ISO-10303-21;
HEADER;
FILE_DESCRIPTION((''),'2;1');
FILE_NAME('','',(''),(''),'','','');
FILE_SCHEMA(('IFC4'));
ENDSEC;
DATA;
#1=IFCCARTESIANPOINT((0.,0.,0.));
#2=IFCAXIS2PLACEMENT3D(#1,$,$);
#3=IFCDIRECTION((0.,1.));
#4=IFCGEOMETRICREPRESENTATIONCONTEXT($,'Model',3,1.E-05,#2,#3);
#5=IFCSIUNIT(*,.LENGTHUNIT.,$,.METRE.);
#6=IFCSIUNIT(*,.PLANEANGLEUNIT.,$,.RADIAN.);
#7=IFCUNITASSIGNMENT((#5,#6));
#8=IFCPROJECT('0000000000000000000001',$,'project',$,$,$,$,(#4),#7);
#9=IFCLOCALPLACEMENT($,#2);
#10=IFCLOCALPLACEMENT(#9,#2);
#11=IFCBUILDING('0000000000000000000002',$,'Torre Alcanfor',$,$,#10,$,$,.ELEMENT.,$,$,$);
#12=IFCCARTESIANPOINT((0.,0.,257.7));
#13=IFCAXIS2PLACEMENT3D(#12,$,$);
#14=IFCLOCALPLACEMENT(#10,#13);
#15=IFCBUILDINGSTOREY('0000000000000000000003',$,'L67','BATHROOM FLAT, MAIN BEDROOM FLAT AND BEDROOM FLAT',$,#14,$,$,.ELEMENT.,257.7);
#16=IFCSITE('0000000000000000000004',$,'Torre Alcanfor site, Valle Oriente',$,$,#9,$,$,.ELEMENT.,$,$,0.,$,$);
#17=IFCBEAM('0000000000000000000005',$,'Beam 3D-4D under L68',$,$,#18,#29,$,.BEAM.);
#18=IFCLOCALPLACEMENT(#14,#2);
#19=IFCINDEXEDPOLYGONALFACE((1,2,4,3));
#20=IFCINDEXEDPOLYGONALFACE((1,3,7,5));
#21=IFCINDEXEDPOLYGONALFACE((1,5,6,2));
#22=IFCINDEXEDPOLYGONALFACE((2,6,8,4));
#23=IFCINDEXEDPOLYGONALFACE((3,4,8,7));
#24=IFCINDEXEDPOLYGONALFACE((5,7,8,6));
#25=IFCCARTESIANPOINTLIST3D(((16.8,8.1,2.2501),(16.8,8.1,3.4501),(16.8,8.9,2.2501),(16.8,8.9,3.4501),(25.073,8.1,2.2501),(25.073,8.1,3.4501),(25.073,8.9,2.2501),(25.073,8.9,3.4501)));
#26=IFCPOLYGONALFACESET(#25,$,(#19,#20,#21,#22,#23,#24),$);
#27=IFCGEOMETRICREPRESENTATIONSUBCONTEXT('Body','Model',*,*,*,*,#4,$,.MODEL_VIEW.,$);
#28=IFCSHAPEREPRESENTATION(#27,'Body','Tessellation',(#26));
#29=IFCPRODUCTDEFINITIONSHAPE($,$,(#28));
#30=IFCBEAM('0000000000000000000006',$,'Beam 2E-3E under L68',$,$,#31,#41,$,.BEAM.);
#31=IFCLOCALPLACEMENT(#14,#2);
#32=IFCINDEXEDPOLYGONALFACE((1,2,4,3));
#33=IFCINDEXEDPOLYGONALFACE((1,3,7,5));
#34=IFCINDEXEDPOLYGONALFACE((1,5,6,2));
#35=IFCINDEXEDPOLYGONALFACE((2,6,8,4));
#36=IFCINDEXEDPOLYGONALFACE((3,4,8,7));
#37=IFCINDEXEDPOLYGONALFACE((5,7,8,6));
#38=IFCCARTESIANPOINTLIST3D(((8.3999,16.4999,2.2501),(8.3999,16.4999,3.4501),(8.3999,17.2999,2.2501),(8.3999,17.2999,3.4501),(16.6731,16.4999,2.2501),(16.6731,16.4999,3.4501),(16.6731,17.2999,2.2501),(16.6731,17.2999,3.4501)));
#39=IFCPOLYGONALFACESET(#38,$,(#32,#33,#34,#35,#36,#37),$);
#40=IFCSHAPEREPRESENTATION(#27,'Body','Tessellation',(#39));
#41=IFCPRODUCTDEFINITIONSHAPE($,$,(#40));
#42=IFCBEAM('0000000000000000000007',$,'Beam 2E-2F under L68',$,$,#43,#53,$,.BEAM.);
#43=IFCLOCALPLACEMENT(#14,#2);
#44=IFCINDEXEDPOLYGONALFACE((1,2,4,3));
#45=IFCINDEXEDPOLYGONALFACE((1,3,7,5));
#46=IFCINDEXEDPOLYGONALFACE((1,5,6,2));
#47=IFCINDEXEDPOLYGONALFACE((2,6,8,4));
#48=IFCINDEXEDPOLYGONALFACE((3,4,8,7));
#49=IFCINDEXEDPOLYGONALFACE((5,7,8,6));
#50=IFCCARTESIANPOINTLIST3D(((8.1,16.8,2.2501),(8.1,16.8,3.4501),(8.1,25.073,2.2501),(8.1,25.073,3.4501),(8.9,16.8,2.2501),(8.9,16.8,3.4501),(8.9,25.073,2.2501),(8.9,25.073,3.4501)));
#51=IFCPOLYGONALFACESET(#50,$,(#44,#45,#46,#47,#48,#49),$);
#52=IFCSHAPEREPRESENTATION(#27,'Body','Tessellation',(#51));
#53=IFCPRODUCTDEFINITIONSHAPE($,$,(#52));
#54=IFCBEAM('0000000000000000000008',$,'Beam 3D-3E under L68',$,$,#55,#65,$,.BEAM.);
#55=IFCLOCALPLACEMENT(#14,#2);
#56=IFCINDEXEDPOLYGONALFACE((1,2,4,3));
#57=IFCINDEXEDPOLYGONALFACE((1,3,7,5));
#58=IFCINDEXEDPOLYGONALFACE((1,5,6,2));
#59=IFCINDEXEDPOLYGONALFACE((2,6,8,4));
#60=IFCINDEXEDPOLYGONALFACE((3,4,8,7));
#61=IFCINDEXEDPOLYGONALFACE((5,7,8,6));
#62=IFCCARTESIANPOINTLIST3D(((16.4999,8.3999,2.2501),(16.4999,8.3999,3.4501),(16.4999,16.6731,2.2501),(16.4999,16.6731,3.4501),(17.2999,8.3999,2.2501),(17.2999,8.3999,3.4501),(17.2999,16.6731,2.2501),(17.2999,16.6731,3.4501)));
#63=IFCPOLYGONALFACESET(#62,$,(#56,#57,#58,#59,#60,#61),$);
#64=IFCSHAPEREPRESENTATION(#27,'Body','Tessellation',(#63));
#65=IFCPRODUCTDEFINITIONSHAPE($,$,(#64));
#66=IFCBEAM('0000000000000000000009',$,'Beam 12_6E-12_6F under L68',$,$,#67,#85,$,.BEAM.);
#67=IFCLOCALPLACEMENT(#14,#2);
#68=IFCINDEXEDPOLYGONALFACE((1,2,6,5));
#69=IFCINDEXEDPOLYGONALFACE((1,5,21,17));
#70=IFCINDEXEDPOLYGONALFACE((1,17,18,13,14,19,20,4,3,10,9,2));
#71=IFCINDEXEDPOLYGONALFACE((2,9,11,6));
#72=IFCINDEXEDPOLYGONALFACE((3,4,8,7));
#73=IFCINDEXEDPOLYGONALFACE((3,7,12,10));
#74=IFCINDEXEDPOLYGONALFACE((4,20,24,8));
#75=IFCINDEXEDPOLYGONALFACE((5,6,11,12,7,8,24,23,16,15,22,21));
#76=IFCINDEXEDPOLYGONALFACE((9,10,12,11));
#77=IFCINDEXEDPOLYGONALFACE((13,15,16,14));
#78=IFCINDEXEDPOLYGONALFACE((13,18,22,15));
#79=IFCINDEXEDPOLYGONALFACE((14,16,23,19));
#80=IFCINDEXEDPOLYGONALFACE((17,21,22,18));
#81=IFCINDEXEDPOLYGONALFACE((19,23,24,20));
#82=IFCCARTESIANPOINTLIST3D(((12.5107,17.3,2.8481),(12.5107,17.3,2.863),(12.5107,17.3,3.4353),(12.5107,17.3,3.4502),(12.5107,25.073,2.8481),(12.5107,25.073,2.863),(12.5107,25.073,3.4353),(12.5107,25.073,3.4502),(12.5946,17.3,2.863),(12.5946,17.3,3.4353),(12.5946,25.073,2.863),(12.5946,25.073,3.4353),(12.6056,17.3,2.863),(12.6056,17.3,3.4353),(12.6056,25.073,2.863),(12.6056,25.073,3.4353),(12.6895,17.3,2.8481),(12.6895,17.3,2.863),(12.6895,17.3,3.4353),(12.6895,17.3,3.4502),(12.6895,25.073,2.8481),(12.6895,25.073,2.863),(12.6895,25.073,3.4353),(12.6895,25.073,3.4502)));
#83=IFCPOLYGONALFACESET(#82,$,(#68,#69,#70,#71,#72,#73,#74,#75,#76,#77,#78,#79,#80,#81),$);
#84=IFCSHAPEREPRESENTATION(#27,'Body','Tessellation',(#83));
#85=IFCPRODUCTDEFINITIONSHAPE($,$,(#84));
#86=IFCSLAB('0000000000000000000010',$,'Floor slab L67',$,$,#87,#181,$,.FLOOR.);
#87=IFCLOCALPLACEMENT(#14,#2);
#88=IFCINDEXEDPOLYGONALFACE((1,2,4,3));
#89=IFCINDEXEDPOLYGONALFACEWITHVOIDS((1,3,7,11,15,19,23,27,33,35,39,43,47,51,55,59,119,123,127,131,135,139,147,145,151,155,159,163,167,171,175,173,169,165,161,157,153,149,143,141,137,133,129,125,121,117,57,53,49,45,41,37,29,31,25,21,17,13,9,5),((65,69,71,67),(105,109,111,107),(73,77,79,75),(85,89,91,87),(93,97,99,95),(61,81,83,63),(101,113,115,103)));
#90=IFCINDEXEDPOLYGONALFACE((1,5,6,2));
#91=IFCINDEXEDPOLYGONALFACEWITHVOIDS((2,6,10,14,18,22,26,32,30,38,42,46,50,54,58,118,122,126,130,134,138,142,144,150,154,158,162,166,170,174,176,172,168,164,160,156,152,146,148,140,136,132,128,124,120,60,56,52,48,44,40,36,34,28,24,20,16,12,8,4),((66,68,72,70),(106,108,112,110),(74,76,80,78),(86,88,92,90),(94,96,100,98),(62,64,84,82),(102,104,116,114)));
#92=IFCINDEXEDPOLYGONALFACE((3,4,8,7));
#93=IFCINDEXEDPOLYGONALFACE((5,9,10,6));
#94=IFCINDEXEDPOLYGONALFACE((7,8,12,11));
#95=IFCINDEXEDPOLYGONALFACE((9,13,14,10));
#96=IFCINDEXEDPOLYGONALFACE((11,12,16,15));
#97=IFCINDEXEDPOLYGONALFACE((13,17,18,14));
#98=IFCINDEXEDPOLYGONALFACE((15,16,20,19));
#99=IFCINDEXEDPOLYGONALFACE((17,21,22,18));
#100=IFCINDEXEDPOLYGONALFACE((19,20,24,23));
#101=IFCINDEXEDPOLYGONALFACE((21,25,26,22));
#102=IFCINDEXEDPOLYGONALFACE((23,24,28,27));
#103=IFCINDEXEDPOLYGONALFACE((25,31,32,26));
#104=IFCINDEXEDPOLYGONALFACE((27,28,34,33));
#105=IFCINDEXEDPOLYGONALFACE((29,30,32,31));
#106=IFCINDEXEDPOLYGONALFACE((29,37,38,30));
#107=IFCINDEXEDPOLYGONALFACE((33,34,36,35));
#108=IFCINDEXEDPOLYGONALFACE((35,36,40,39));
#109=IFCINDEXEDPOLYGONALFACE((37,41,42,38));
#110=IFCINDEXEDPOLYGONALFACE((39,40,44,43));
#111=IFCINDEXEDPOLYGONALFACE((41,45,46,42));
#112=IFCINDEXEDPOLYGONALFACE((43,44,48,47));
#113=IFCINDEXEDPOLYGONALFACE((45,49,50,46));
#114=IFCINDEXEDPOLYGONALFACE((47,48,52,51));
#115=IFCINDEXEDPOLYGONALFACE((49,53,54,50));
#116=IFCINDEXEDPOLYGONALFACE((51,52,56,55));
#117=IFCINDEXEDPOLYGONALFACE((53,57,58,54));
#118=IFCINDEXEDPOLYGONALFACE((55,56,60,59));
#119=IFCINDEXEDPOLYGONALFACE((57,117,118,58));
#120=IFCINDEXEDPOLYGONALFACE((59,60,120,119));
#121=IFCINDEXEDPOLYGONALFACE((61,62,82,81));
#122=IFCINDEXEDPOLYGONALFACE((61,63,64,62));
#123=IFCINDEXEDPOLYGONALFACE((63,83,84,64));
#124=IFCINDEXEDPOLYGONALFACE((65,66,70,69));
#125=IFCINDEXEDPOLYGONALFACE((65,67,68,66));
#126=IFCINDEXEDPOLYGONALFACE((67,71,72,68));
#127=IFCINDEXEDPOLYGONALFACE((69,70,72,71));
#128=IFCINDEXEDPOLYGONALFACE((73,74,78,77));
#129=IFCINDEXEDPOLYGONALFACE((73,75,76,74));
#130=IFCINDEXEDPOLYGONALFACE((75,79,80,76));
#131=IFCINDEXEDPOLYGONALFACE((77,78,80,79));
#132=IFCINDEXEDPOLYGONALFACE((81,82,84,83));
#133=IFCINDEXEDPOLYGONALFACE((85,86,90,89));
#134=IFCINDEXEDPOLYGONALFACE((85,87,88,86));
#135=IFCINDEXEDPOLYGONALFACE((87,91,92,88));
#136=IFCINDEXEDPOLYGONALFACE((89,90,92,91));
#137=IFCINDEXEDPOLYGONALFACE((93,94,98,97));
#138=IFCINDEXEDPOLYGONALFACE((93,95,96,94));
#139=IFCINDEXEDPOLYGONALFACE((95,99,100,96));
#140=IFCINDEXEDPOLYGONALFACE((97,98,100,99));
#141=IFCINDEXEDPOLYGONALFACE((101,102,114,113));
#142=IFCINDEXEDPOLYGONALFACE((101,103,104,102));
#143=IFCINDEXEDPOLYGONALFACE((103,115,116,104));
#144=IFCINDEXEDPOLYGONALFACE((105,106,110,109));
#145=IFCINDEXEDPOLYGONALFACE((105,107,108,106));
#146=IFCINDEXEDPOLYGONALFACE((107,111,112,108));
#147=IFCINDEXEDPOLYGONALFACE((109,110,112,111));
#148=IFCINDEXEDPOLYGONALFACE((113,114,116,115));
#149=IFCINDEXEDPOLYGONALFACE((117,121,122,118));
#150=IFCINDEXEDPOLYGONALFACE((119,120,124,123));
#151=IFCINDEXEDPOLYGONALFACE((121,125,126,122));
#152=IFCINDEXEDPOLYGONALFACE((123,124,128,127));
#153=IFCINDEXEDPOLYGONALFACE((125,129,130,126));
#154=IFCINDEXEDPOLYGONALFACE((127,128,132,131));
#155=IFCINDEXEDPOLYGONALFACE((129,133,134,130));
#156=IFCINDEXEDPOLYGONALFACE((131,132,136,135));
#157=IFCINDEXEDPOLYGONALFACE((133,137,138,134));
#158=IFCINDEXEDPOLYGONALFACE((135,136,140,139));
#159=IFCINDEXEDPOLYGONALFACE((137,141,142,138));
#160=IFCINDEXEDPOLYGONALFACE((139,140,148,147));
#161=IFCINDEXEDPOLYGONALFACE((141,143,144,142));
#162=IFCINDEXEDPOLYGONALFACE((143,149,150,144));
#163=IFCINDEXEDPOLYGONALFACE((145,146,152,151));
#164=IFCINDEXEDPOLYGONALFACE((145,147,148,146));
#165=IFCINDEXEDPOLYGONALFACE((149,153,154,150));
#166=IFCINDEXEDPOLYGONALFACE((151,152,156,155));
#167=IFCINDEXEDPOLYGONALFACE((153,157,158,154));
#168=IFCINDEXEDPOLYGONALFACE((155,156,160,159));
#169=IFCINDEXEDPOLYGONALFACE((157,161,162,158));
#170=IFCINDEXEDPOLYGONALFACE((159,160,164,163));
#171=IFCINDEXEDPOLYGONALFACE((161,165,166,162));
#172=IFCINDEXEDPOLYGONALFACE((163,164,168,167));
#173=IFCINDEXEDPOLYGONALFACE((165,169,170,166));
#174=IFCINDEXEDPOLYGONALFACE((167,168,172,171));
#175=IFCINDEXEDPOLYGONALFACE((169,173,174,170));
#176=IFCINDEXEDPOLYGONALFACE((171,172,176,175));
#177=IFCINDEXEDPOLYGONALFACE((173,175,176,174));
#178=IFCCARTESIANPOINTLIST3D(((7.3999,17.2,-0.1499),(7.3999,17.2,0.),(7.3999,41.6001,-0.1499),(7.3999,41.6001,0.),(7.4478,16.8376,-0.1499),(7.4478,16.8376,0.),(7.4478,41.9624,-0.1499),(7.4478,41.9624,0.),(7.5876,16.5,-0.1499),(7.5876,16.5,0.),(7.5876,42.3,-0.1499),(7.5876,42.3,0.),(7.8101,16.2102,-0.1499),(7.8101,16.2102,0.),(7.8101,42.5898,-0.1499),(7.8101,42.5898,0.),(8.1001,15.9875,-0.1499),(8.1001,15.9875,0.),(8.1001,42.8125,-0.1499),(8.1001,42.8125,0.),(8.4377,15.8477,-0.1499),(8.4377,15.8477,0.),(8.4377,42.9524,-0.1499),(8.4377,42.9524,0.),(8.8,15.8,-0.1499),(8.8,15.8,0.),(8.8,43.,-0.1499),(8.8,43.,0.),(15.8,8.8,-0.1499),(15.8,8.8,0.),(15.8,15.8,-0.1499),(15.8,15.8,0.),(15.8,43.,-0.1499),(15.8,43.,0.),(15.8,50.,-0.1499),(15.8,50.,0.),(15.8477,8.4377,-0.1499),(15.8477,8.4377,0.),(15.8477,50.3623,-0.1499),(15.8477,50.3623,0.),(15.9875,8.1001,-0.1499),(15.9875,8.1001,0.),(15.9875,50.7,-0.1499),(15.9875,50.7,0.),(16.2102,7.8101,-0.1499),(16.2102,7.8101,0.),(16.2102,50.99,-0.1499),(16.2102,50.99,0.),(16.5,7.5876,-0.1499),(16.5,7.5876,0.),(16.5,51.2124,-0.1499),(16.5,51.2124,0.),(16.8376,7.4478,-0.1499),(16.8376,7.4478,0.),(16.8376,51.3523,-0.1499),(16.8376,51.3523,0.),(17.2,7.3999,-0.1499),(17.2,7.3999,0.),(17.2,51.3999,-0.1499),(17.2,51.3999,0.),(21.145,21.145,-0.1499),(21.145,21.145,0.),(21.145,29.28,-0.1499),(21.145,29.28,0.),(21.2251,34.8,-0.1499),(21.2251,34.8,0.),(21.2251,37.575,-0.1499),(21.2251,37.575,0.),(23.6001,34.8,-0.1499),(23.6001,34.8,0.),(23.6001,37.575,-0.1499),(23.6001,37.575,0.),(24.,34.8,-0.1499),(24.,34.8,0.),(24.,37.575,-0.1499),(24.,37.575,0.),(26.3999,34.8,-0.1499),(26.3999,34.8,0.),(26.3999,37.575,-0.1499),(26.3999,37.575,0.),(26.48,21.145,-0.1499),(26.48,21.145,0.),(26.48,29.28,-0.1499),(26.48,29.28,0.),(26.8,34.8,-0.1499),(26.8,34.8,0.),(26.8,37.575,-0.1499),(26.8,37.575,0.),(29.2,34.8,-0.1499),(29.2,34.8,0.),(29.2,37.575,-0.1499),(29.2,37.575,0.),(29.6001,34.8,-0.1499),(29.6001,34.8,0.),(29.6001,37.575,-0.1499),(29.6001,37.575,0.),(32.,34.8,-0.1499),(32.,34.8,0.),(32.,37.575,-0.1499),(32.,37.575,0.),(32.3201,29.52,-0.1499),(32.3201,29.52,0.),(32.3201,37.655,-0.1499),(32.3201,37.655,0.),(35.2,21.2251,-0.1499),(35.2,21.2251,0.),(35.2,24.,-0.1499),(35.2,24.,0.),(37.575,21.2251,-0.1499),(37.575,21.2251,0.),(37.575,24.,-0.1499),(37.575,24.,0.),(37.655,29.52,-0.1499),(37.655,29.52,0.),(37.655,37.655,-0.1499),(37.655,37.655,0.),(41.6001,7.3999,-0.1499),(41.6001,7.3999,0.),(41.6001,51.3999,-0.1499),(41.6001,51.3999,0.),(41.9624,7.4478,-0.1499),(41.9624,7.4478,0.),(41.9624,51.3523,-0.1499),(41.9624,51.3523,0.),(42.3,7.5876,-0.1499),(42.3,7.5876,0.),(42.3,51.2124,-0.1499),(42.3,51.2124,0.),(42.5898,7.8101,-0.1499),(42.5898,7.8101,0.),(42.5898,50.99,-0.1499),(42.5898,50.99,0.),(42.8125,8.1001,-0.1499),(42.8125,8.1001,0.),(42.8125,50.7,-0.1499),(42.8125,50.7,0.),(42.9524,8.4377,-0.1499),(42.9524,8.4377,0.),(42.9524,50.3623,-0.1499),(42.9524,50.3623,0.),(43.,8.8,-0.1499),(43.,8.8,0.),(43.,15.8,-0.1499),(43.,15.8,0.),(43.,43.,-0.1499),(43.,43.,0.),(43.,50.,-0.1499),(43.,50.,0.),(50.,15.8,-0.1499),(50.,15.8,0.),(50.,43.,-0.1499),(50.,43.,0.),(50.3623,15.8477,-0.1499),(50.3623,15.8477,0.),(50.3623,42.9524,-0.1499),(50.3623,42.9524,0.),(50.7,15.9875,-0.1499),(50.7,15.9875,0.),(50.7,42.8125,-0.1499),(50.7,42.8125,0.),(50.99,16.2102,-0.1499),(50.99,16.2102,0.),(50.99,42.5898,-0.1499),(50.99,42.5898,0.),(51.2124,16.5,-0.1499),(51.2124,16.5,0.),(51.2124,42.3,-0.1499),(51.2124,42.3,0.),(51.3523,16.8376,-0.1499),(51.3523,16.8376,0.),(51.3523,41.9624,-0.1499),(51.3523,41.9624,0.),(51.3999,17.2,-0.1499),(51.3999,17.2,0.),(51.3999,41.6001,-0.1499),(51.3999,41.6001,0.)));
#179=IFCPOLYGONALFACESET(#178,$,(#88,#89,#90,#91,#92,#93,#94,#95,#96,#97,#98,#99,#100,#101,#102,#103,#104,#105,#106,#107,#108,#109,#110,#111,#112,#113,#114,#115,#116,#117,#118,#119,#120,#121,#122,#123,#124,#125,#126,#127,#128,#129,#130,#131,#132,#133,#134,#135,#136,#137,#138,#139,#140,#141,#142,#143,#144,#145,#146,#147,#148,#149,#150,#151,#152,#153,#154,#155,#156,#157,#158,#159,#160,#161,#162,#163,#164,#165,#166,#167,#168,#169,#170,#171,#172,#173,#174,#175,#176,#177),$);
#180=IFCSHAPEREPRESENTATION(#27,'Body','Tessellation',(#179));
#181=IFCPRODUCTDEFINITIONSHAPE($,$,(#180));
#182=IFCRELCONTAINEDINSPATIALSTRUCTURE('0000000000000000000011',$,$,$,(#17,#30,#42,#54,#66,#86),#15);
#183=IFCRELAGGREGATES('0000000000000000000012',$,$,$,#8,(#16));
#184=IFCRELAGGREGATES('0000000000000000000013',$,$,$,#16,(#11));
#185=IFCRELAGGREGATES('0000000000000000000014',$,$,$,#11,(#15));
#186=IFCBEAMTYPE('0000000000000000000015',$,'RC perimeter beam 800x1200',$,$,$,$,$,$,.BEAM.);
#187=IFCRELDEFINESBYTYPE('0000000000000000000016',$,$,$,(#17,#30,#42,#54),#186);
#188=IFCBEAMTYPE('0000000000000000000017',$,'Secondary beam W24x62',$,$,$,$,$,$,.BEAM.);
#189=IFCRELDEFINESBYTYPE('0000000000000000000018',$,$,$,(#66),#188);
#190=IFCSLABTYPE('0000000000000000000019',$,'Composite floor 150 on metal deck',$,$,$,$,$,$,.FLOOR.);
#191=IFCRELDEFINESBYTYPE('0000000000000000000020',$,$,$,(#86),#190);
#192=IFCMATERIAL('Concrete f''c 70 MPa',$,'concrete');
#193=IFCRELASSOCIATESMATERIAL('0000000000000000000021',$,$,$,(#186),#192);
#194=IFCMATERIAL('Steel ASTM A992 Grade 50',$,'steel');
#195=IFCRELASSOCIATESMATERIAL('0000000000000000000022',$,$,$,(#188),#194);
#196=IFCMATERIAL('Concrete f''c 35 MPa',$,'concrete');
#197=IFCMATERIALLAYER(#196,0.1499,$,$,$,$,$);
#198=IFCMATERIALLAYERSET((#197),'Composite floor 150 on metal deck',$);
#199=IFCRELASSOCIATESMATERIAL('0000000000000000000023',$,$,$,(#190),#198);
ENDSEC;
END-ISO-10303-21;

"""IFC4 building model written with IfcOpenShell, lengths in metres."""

from ifc_helpers import new_model, si_unit, direction, frame, origin, origin_2d, place, context, subcontext, project, spatial, polyline, rectangle, i_section, outline, extrude, material, layer, layer_set, material_profile, profile_set, type_object, element, save


model = new_model("IFC4")

# Units and contexts
model_context = context("Model", 3, precision=1e-05, world=origin(), true_north=direction((0.0, 1.0)))
body_context = subcontext(model_context, "Body", "Model", "MODEL_VIEW")
ifc_project = project(units=[si_unit("LENGTHUNIT", "METRE"), si_unit("PLANEANGLEUNIT", "RADIAN")], contexts=[model_context])

# Site, building, storey
site_placement = place(None, origin())
site = spatial("IfcSite", under=ifc_project, at=site_placement, Name="Torre Alcanfor site, Valle Oriente", CompositionType="ELEMENT", RefElevation=0.0)
building_placement = place(site_placement, origin())
building = spatial("IfcBuilding", under=site, at=building_placement, Name="Torre Alcanfor", CompositionType="ELEMENT")
storey_placement = place(building_placement, frame((0.0, 0.0, 257.7)))
storey = spatial("IfcBuildingStorey", under=building, at=storey_placement, Name="L67", Description="BATHROOM FLAT, MAIN BEDROOM FLAT AND BEDROOM FLAT", CompositionType="ELEMENT", Elevation=257.7)

# Beams
ifc_material_1 = material(Name="Concrete f'c 70 MPa", Category="concrete")
ifc_material_profile_1 = material_profile(ifc_material_1, rectangle(XDim=0.8, YDim=1.2, at=origin_2d()), Name="800x1200")
ifc_profile_set_1 = profile_set([ifc_material_profile_1], Name="Concrete f'c 70 MPa")
beam_type_1 = type_object("IfcBeamType", Name="RC perimeter beam 800x1200", PredefinedType="BEAM", material=ifc_profile_set_1)
beam_1_placement = place(storey_placement, frame((16.8, 8.5, 2.8501), z_axis=(1.0, 0.0, 0.0), x_axis=(0.0, 1.0, 0.0)))
element("IfcBeam", 1, at=beam_1_placement, inside=storey, type_object=beam_type_1, Name="Beam 3D-4D under L68", PredefinedType="BEAM", context=body_context, shape_type="SweptSolid", body=[
    extrude(rectangle(XDim=0.8, YDim=1.2, at=origin_2d()), origin(), (0.0, 0.0, 1.0), 8.2729),
])
beam_2_placement = place(storey_placement, frame((8.3999, 16.8999, 2.8501), z_axis=(1.0, 0.0, 0.0), x_axis=(0.0, 1.0, 0.0)))
element("IfcBeam", 2, at=beam_2_placement, inside=storey, type_object=beam_type_1, Name="Beam 2E-3E under L68", PredefinedType="BEAM", context=body_context, shape_type="SweptSolid", body=[
    extrude(rectangle(XDim=0.8, YDim=1.2, at=origin_2d()), origin(), (0.0, 0.0, 1.0), 8.2732),
])
beam_3_placement = place(storey_placement, frame((8.5, 16.8, 2.8501), z_axis=(0.0, 1.0, 0.0), x_axis=(-1.0, 0.0, 0.0)))
element("IfcBeam", 3, at=beam_3_placement, inside=storey, type_object=beam_type_1, Name="Beam 2E-2F under L68", PredefinedType="BEAM", context=body_context, shape_type="SweptSolid", body=[
    extrude(rectangle(XDim=0.8, YDim=1.2, at=origin_2d()), origin(), (0.0, 0.0, 1.0), 8.2729),
])
beam_4_placement = place(storey_placement, frame((16.8999, 8.3999, 2.8501), z_axis=(0.0, 1.0, 0.0), x_axis=(-1.0, 0.0, 0.0)))
element("IfcBeam", 4, at=beam_4_placement, inside=storey, type_object=beam_type_1, Name="Beam 3D-3E under L68", PredefinedType="BEAM", context=body_context, shape_type="SweptSolid", body=[
    extrude(rectangle(XDim=0.8, YDim=1.2, at=origin_2d()), origin(), (0.0, 0.0, 1.0), 8.2732),
])
ifc_material_2 = material(Name="Steel ASTM A992 Grade 50", Category="steel")
ifc_material_profile_2 = material_profile(ifc_material_2, i_section(OverallWidth=0.1787, OverallDepth=0.6021, WebThickness=0.011, FlangeThickness=0.0149, at=origin_2d()), Name="W24x62")
ifc_profile_set_2 = profile_set([ifc_material_profile_2], Name="Steel ASTM A992 Grade 50")
beam_type_2 = type_object("IfcBeamType", Name="Secondary beam W24x62", PredefinedType="BEAM", material=ifc_profile_set_2)
beam_5_placement = place(storey_placement, frame((12.6001, 17.3, 3.1492), z_axis=(0.0, 1.0, 0.0), x_axis=(-1.0, 0.0, 0.0)))
element("IfcBeam", 5, at=beam_5_placement, inside=storey, type_object=beam_type_2, Name="Beam 12_6E-12_6F under L68", PredefinedType="BEAM", context=body_context, shape_type="SweptSolid", body=[
    extrude(i_section(OverallWidth=0.1787, OverallDepth=0.6021, WebThickness=0.011, FlangeThickness=0.0149, at=origin_2d()), origin(), (0.0, 0.0, 1.0), 7.7729),
])

# Slab
ifc_material_3 = material(Name="Concrete f'c 35 MPa", Category="concrete")
ifc_layer_1 = layer(ifc_material_3, 0.1499)
ifc_layer_set_1 = layer_set([ifc_layer_1], Name="Composite floor 150 on metal deck")
slab_type_1 = type_object("IfcSlabType", Name="Composite floor 150 on metal deck", PredefinedType="FLOOR", material=ifc_layer_set_1)
slab_1_placement = place(storey_placement, frame((0.0, 0.0, -0.1499)))
element("IfcSlab", 6, at=slab_1_placement, inside=storey, type_object=slab_type_1, Name="Floor slab L67", PredefinedType="FLOOR", context=body_context, shape_type="SweptSolid", body=[
    extrude(outline(polyline([(15.8, 43.0), (8.8, 43.0), (8.4377, 42.9524), (8.1001, 42.8125), (7.8101, 42.5898), (7.5876, 42.3), (7.4478, 41.9624), (7.3999, 41.6001), (7.3999, 17.2), (7.4478, 16.8376), (7.5876, 16.5), (7.8101, 16.2102), (8.1001, 15.9875), (8.4377, 15.8477), (8.8, 15.8), (15.8, 15.8), (15.8, 8.8), (15.8477, 8.4377), (15.9875, 8.1001), (16.2102, 7.8101), (16.5, 7.5876), (16.8376, 7.4478), (17.2, 7.3999), (41.6001, 7.3999), (41.9624, 7.4478), (42.3, 7.5876), (42.5898, 7.8101), (42.8125, 8.1001), (42.9524, 8.4377), (43.0, 8.8), (43.0, 15.8), (50.0, 15.8), (50.3623, 15.8477), (50.7, 15.9875), (50.99, 16.2102), (51.2124, 16.5), (51.3523, 16.8376), (51.3999, 17.2), (51.3999, 41.6001), (51.3523, 41.9624), (51.2124, 42.3), (50.99, 42.5898), (50.7, 42.8125), (50.3623, 42.9524), (50.0, 43.0), (43.0, 43.0), (43.0, 50.0), (42.9524, 50.3623), (42.8125, 50.7), (42.5898, 50.99), (42.3, 51.2124), (41.9624, 51.3523), (41.6001, 51.3999), (17.2, 51.3999), (16.8376, 51.3523), (16.5, 51.2124), (16.2102, 50.99), (15.9875, 50.7), (15.8477, 50.3623), (15.8, 50.0), (15.8, 43.0)]), holes=[polyline([(21.145, 21.145), (26.48, 21.145), (26.48, 29.28), (21.145, 29.28), (21.145, 21.145)]), polyline([(32.3201, 29.52), (37.655, 29.52), (37.655, 37.655), (32.3201, 37.655), (32.3201, 29.52)]), polyline([(35.2, 21.2251), (37.575, 21.2251), (37.575, 24.0), (35.2, 24.0), (35.2, 21.2251)]), polyline([(21.2251, 34.8), (23.6001, 34.8), (23.6001, 37.575), (21.2251, 37.575), (21.2251, 34.8)]), polyline([(24.0, 34.8), (26.3999, 34.8), (26.3999, 37.575), (24.0, 37.575), (24.0, 34.8)]), polyline([(26.8, 34.8), (29.2, 34.8), (29.2, 37.575), (26.8, 37.575), (26.8, 34.8)]), polyline([(29.6001, 34.8), (32.0, 34.8), (32.0, 37.575), (29.6001, 37.575), (29.6001, 34.8)])]), origin(), (0.0, 0.0, 1.0), 0.1499),
])

save(model, "model.ifc")
